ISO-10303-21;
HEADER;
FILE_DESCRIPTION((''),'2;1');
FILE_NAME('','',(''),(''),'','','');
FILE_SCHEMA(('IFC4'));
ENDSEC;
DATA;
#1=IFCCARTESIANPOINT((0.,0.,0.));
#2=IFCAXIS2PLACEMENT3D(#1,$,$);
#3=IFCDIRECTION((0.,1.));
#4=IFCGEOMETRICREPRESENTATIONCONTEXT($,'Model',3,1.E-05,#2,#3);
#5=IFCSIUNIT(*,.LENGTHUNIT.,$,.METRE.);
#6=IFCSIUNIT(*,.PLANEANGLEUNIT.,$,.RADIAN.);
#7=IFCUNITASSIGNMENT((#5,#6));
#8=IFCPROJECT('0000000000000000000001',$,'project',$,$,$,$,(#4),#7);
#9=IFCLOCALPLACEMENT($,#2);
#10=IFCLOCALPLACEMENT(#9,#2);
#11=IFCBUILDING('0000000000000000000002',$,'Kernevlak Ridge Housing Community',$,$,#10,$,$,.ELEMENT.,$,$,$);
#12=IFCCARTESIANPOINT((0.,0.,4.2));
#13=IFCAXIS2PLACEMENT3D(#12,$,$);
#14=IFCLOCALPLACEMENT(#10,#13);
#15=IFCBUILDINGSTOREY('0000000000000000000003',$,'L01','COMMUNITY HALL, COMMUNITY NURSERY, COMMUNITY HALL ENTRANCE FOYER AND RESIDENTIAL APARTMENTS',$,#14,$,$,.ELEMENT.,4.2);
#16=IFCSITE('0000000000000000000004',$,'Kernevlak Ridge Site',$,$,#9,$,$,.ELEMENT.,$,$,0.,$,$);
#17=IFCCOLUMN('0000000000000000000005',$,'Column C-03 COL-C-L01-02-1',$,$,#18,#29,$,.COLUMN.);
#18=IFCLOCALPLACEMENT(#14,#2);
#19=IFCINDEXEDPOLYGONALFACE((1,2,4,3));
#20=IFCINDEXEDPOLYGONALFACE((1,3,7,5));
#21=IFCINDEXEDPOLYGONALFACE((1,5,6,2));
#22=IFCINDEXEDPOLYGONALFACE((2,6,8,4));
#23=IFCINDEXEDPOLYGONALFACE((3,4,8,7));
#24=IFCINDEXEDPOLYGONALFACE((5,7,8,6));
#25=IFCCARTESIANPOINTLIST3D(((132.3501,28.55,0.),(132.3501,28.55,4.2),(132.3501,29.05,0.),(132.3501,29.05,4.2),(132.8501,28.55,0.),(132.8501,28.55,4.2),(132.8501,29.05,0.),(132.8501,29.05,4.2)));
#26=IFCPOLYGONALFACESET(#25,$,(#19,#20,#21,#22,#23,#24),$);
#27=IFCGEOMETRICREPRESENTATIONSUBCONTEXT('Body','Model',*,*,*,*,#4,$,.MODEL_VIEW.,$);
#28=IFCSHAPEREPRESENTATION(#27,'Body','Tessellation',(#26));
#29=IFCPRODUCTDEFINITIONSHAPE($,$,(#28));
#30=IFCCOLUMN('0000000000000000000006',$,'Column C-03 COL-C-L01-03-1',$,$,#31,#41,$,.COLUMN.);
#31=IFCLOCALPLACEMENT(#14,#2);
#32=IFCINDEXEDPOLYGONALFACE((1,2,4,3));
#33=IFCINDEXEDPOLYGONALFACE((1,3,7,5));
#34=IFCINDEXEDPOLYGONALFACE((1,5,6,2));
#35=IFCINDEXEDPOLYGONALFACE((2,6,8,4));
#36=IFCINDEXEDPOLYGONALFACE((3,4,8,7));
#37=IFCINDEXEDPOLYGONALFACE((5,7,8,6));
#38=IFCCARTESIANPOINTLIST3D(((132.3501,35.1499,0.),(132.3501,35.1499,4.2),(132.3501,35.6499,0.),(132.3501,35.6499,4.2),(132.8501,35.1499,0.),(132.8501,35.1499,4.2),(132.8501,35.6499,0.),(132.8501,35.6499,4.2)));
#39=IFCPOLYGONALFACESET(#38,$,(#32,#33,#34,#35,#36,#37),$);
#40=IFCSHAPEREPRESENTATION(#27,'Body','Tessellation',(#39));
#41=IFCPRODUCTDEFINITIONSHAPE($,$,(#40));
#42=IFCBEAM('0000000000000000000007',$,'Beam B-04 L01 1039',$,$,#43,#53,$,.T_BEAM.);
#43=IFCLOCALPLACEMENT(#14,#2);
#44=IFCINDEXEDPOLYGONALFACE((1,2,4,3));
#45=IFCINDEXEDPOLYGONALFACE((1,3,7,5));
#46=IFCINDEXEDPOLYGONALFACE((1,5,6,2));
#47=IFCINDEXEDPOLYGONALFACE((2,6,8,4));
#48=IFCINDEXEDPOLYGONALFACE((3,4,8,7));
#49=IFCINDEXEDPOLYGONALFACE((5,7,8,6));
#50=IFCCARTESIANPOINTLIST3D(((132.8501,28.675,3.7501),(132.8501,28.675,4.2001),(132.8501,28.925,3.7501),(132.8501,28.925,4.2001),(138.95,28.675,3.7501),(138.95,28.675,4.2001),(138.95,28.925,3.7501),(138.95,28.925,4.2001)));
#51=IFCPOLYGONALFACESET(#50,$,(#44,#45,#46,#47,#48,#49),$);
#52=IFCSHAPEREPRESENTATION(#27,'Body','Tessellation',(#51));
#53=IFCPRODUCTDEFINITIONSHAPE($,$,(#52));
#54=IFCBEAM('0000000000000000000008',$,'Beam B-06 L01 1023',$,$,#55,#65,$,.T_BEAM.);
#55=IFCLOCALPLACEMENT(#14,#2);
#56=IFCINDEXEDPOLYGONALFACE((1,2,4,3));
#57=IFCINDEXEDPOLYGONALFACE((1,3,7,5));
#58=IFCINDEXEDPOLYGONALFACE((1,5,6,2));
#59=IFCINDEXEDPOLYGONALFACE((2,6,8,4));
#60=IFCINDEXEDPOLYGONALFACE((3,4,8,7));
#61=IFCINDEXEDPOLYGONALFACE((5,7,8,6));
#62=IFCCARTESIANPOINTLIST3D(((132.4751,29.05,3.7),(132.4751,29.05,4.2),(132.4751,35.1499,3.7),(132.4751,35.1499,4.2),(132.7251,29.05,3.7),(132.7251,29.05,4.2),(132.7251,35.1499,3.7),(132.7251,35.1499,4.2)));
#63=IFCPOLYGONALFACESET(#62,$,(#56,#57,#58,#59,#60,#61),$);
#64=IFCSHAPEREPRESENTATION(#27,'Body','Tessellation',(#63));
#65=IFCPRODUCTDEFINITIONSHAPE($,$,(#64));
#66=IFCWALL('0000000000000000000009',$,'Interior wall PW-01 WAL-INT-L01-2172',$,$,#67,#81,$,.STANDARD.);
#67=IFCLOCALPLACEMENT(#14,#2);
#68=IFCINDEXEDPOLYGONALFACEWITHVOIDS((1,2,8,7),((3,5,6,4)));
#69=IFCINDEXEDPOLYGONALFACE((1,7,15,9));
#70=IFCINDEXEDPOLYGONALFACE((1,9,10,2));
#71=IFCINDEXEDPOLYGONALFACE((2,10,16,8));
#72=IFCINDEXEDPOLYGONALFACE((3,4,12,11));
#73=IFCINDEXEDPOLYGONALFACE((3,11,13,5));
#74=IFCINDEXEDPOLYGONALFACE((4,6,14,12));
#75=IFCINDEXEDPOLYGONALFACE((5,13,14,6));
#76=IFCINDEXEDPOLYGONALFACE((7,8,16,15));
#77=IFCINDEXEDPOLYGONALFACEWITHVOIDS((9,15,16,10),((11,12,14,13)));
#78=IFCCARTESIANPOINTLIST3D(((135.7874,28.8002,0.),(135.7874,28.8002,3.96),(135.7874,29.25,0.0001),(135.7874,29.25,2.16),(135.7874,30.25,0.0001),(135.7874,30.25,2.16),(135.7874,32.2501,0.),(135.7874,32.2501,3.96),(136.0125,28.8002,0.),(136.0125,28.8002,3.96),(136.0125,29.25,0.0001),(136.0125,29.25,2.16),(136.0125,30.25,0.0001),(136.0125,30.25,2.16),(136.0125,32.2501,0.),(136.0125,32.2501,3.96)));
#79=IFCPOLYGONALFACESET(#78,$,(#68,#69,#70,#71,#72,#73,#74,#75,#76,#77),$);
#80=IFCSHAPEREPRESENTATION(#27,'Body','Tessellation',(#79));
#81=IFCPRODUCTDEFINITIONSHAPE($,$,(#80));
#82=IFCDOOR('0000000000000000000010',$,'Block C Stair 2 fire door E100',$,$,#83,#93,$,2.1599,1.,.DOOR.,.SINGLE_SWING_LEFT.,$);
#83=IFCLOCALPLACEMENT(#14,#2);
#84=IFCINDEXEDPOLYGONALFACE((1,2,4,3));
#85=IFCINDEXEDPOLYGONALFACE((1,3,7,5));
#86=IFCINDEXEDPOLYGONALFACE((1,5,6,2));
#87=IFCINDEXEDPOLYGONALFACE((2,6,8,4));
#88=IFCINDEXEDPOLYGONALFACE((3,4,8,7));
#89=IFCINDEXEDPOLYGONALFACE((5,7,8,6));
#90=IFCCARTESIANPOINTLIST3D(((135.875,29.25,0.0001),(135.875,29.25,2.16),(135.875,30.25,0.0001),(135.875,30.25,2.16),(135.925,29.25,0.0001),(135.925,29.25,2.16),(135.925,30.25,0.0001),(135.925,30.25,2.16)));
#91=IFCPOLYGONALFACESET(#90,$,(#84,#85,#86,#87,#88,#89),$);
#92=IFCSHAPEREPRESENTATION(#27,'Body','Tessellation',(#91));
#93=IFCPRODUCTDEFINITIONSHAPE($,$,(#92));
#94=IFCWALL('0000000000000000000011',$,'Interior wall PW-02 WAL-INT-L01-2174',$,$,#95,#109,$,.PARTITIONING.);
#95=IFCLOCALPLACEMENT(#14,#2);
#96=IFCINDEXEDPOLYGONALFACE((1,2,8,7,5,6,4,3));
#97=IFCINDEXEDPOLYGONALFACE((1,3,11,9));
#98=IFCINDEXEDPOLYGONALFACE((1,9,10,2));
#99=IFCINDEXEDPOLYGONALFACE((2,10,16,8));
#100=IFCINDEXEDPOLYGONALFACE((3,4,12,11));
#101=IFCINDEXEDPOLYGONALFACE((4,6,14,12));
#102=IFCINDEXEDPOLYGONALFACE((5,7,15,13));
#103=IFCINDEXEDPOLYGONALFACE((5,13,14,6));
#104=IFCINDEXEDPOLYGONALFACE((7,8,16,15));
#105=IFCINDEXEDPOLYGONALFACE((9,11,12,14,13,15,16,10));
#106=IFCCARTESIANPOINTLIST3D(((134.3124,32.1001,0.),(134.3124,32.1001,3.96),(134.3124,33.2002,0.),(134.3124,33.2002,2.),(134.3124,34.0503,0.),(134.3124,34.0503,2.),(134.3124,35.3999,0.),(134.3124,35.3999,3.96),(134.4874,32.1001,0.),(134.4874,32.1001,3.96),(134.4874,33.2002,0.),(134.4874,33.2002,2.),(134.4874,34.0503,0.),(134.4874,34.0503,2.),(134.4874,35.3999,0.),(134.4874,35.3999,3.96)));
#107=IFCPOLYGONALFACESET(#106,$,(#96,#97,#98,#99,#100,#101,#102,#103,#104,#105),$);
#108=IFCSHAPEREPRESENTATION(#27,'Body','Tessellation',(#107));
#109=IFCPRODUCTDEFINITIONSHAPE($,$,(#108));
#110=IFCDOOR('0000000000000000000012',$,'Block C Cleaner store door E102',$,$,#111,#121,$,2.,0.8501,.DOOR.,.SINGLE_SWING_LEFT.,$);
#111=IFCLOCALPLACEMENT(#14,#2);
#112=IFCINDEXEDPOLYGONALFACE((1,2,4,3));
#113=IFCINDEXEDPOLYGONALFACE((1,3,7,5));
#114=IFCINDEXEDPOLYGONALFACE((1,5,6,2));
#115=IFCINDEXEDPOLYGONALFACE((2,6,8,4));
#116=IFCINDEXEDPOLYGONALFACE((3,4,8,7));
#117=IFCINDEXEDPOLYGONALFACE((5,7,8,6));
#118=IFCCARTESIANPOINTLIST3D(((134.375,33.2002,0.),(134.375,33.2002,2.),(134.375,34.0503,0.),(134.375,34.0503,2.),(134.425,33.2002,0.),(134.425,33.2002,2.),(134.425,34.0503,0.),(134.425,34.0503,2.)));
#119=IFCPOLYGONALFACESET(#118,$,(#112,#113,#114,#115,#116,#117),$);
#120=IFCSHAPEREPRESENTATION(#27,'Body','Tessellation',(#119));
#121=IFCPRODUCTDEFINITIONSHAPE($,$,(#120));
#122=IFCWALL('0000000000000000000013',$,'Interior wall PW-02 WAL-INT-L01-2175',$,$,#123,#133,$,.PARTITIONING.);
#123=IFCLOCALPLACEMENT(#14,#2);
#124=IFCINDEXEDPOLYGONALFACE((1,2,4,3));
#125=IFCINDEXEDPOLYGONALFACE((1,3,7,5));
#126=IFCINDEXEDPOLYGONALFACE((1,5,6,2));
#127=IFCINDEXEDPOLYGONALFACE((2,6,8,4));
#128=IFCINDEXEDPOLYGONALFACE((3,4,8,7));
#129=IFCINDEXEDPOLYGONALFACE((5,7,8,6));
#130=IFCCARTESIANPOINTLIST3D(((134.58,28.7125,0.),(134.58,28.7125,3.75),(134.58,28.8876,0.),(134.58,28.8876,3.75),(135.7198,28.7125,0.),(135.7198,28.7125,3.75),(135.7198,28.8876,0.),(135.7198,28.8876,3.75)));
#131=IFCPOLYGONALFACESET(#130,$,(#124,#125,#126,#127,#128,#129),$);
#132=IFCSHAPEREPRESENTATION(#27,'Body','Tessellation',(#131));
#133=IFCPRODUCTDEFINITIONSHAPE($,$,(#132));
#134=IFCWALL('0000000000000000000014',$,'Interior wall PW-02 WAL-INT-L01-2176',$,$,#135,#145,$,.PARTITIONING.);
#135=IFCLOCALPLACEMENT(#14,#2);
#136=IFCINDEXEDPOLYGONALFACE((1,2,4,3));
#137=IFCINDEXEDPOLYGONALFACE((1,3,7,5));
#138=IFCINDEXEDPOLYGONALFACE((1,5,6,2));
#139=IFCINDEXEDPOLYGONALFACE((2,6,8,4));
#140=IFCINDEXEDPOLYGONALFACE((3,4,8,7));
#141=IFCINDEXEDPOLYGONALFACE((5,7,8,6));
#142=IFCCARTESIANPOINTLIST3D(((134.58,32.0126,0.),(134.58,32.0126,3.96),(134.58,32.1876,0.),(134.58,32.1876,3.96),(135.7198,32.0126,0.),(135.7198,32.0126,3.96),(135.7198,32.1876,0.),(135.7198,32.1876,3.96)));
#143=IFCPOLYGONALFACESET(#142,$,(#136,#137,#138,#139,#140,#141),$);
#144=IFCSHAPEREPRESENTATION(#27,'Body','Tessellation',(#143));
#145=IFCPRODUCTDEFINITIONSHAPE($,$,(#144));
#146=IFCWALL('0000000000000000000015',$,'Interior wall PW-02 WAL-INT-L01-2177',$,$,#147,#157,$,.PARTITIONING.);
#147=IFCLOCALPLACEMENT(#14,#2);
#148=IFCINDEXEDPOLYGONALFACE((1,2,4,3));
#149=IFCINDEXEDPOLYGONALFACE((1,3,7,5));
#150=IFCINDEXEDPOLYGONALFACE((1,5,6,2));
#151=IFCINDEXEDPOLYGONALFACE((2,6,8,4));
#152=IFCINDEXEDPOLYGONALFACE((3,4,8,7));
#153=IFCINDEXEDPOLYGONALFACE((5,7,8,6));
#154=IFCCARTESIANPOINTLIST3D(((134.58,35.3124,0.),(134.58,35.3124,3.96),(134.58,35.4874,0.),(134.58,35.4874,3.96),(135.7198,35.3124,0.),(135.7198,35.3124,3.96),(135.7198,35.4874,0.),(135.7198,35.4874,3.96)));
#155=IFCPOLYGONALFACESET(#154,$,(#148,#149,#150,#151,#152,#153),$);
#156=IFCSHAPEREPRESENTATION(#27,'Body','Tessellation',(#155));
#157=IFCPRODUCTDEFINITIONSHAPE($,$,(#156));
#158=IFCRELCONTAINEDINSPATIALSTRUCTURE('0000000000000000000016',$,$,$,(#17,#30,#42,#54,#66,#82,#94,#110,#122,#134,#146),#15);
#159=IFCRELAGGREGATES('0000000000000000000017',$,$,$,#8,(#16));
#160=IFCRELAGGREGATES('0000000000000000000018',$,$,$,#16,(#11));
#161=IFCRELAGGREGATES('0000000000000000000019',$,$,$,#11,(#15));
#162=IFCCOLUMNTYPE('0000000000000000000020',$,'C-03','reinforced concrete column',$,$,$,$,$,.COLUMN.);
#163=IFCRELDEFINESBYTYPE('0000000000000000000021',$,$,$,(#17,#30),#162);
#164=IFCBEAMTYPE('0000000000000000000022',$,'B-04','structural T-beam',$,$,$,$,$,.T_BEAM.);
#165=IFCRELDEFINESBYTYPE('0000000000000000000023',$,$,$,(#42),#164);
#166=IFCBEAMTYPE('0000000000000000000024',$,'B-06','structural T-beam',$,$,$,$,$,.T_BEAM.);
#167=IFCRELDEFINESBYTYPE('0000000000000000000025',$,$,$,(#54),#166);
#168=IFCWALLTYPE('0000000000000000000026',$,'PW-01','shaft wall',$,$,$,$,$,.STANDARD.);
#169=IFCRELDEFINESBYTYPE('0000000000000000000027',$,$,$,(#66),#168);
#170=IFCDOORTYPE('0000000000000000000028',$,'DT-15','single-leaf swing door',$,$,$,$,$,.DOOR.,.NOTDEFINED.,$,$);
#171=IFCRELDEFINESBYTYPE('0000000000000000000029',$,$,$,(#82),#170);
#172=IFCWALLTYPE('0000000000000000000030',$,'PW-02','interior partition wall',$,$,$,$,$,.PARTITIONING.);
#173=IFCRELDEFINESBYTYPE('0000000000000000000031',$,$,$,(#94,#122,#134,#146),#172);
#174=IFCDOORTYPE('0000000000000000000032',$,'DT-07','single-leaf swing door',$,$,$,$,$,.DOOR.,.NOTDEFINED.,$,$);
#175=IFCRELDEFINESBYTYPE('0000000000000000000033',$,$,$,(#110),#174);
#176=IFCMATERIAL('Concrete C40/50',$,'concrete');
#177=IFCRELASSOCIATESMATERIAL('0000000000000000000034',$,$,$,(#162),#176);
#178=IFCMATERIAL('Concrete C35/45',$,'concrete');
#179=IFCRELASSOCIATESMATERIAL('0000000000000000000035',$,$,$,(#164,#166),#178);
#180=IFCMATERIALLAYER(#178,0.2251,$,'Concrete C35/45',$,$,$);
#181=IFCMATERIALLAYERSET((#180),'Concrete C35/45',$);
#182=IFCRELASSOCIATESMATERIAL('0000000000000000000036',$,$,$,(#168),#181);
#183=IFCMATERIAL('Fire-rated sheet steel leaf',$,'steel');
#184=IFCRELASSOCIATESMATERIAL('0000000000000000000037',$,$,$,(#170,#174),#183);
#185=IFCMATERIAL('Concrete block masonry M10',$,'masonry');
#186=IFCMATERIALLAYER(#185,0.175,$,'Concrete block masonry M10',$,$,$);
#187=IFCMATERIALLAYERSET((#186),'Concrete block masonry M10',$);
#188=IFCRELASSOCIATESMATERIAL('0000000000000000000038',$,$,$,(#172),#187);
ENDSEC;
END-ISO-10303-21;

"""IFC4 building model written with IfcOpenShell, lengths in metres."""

from ifc_helpers import new_model, si_unit, direction, frame, frame_2d, origin, origin_2d, place, context, subcontext, project, spatial, rectangle, extrude, material, layer, layer_set, material_profile, profile_set, type_object, element, fill, save


model = new_model("IFC4")

# Units and contexts
model_context = context("Model", 3, precision=1e-05, world=origin(), true_north=direction((0.0, 1.0)))
body_context = subcontext(model_context, "Body", "Model", "MODEL_VIEW")
ifc_project = project(units=[si_unit("LENGTHUNIT", "METRE"), si_unit("PLANEANGLEUNIT", "RADIAN")], contexts=[model_context])

# Site, building, storey
site_placement = place(None, origin())
site = spatial("IfcSite", under=ifc_project, at=site_placement, Name="Kernevlak Ridge Site", CompositionType="ELEMENT", RefElevation=0.0)
building_placement = place(site_placement, origin())
building = spatial("IfcBuilding", under=site, at=building_placement, Name="Kernevlak Ridge Housing Community", CompositionType="ELEMENT")
storey_placement = place(building_placement, frame((0.0, 0.0, 4.2)))
storey = spatial("IfcBuildingStorey", under=building, at=storey_placement, Name="L01", Description="COMMUNITY HALL, COMMUNITY NURSERY, COMMUNITY HALL ENTRANCE FOYER AND RESIDENTIAL APARTMENTS", CompositionType="ELEMENT", Elevation=4.2)

# Columns
ifc_material_1 = material(Name="Concrete C40/50", Category="concrete")
ifc_material_profile_1 = material_profile(ifc_material_1, rectangle(XDim=0.5, YDim=0.5, at=origin_2d()), Name="RC 500x500")
ifc_profile_set_1 = profile_set([ifc_material_profile_1], Name="Concrete C40/50")
column_type = type_object("IfcColumnType", Name="C-03", Description="reinforced concrete column", PredefinedType="COLUMN", material=ifc_profile_set_1)
for number, where, z_axis, x_axis, name in (
    (1, (132.6001, 28.8, 0.0), (0.0, 0.0, 1.0), (1.0, 0.0, 0.0), "Column C-03 COL-C-L01-02-1"),
    (2, (132.6001, 35.3999, 0.0), (0.0, 0.0, 1.0), (1.0, 0.0, 0.0), "Column C-03 COL-C-L01-03-1"),
):
    element("IfcColumn", number, at=place(storey_placement, frame(where, z_axis=z_axis, x_axis=x_axis)), inside=storey, type_object=column_type, Name=name, PredefinedType="COLUMN", context=body_context, shape_type="SweptSolid", body=[
        extrude(rectangle(XDim=0.5, YDim=0.5, at=origin_2d()), origin(), (0.0, 0.0, 1.0), 4.2),
    ])

# Beams
ifc_material_2 = material(Name="Concrete C35/45", Category="concrete")
ifc_material_profile_2 = material_profile(ifc_material_2, rectangle(XDim=0.25, YDim=0.45, at=origin_2d()), Name="RC 250x450")
ifc_profile_set_2 = profile_set([ifc_material_profile_2], Name="Concrete C35/45")
beam_type_1 = type_object("IfcBeamType", Name="B-04", Description="structural T-beam", PredefinedType="T_BEAM", material=ifc_profile_set_2)
beam_1_placement = place(storey_placement, frame((132.8501, 28.8, 3.9751), z_axis=(1.0, 0.0, 0.0), x_axis=(0.0, 1.0, 0.0)))
element("IfcBeam", 3, at=beam_1_placement, inside=storey, type_object=beam_type_1, Name="Beam B-04 L01 1039", PredefinedType="T_BEAM", context=body_context, shape_type="SweptSolid", body=[
    extrude(rectangle(XDim=0.25, YDim=0.45, at=origin_2d()), origin(), (0.0, 0.0, 1.0), 6.0999),
])
ifc_material_profile_3 = material_profile(ifc_material_2, rectangle(XDim=0.25, YDim=0.5, at=origin_2d()), Name="RC 250x500")
ifc_profile_set_3 = profile_set([ifc_material_profile_3], Name="Concrete C35/45")
beam_type_2 = type_object("IfcBeamType", Name="B-06", Description="structural T-beam", PredefinedType="T_BEAM", material=ifc_profile_set_3)
beam_2_placement = place(storey_placement, frame((132.6001, 29.05, 3.95), z_axis=(0.0, 1.0, 0.0), x_axis=(-1.0, 0.0, 0.0)))
element("IfcBeam", 4, at=beam_2_placement, inside=storey, type_object=beam_type_2, Name="Beam B-06 L01 1023", PredefinedType="T_BEAM", context=body_context, shape_type="SweptSolid", body=[
    extrude(rectangle(XDim=0.25, YDim=0.5, at=origin_2d()), origin(), (0.0, 0.0, 1.0), 6.0999),
])

# Walls, openings, doors
ifc_layer_1 = layer(ifc_material_2, 0.2251, Name="Concrete C35/45")
ifc_layer_set_1 = layer_set([ifc_layer_1], Name="Concrete C35/45")
wall_type_1 = type_object("IfcWallType", Name="PW-01", Description="shaft wall", PredefinedType="STANDARD", material=ifc_layer_set_1)
wall_1_placement = place(storey_placement, frame((135.8999, 28.8, 0.0), z_axis=(0.0, 0.0, 1.0), x_axis=(0.0, 1.0, 0.0)))
wall_1 = element("IfcWall", 5, at=wall_1_placement, inside=storey, type_object=wall_type_1, Name="Interior wall PW-01 WAL-INT-L01-2172", PredefinedType="STANDARD", context=body_context, shape_type="SweptSolid", body=[
    extrude(rectangle(XDim=3.45, YDim=0.2251, at=frame_2d((1.7251, 0.0))), origin(), (0.0, 0.0, 1.0), 3.96),
])
opening_1_placement = place(wall_1_placement, frame((0.45, 0.0, 0.0)))
opening_1 = element("IfcOpeningElement", 6, at=opening_1_placement, cuts=wall_1, PredefinedType="OPENING", context=body_context, shape_type="SweptSolid", body=[
    extrude(rectangle(XDim=1.0, YDim=2.1599, at=frame_2d((0.5, 1.0801))), frame((0.0, 0.1226, 0.0), z_axis=(0.0, -1.0, 0.0), x_axis=(1.0, 0.0, 0.0)), (0.0, 0.0, 1.0), 0.2451),
])
ifc_material_3 = material(Name="Fire-rated sheet steel leaf", Category="steel")
door_type_1 = type_object("IfcDoorType", Name="DT-15", Description="single-leaf swing door", OperationType="NOTDEFINED", PredefinedType="DOOR", material=ifc_material_3)
door_1_placement = place(opening_1_placement, origin())
door_1 = element("IfcDoor", 7, at=door_1_placement, inside=storey, type_object=door_type_1, Name="Block C Stair 2 fire door E100", OperationType="SINGLE_SWING_LEFT", OverallHeight=2.1599, OverallWidth=1.0, PredefinedType="DOOR", context=body_context, shape_type="SweptSolid", body=[
    extrude(rectangle(XDim=1.0, YDim=2.1599, at=frame_2d((0.5, 1.0801))), frame((0.0, 0.0249, 0.0), z_axis=(0.0, -1.0, 0.0), x_axis=(1.0, 0.0, 0.0)), (0.0, 0.0, 1.0), 0.05),
])
fill(opening_1, door_1)
ifc_material_4 = material(Name="Concrete block masonry M10", Category="masonry")
ifc_layer_2 = layer(ifc_material_4, 0.175, Name="Concrete block masonry M10")
ifc_layer_set_2 = layer_set([ifc_layer_2], Name="Concrete block masonry M10")
wall_type_2 = type_object("IfcWallType", Name="PW-02", Description="interior partition wall", PredefinedType="PARTITIONING", material=ifc_layer_set_2)
wall_2_placement = place(storey_placement, frame((134.3999, 32.1001, 0.0), z_axis=(0.0, 0.0, 1.0), x_axis=(0.0, 1.0, 0.0)))
wall_2 = element("IfcWall", 8, at=wall_2_placement, inside=storey, type_object=wall_type_2, Name="Interior wall PW-02 WAL-INT-L01-2174", PredefinedType="PARTITIONING", context=body_context, shape_type="SweptSolid", body=[
    extrude(rectangle(XDim=3.2998, YDim=0.175, at=frame_2d((1.6499, 0.0))), origin(), (0.0, 0.0, 1.0), 3.96),
])
opening_2_placement = place(wall_2_placement, frame((1.1001, 0.0, 0.0)))
opening_2 = element("IfcOpeningElement", 9, at=opening_2_placement, cuts=wall_2, PredefinedType="OPENING", context=body_context, shape_type="SweptSolid", body=[
    extrude(rectangle(XDim=0.8501, YDim=2.0, at=frame_2d((0.425, 1.0))), frame((0.0, 0.0974, 0.0), z_axis=(0.0, -1.0, 0.0), x_axis=(1.0, 0.0, 0.0)), (0.0, 0.0, 1.0), 0.1951),
])
door_type_2 = type_object("IfcDoorType", Name="DT-07", Description="single-leaf swing door", OperationType="NOTDEFINED", PredefinedType="DOOR", material=ifc_material_3)
door_2_placement = place(opening_2_placement, origin())
door_2 = element("IfcDoor", 10, at=door_2_placement, inside=storey, type_object=door_type_2, Name="Block C Cleaner store door E102", OperationType="SINGLE_SWING_LEFT", OverallHeight=2.0, OverallWidth=0.8501, PredefinedType="DOOR", context=body_context, shape_type="SweptSolid", body=[
    extrude(rectangle(XDim=0.8501, YDim=2.0, at=frame_2d((0.425, 1.0))), frame((0.0, 0.0249, 0.0), z_axis=(0.0, -1.0, 0.0), x_axis=(1.0, 0.0, 0.0)), (0.0, 0.0, 1.0), 0.05),
])
fill(opening_2, door_2)

# Walls
wall_3_placement = place(storey_placement, frame((134.5801, 28.8, 0.0), z_axis=(0.0, 0.0, 1.0), x_axis=(1.0, 0.0, 0.0)))
element("IfcWall", 11, at=wall_3_placement, inside=storey, type_object=wall_type_2, Name="Interior wall PW-02 WAL-INT-L01-2175", PredefinedType="PARTITIONING", context=body_context, shape_type="SweptSolid", body=[
    extrude(rectangle(XDim=1.1399, YDim=0.175, at=frame_2d((0.5698, 0.0))), origin(), (0.0, 0.0, 1.0), 3.75),
])
for number, where, z_axis, x_axis, name in (
    (12, (134.5801, 32.1001, 0.0), (0.0, 0.0, 1.0), (1.0, 0.0, 0.0), "Interior wall PW-02 WAL-INT-L01-2176"),
    (13, (134.5801, 35.3999, 0.0), (0.0, 0.0, 1.0), (1.0, 0.0, 0.0), "Interior wall PW-02 WAL-INT-L01-2177"),
):
    element("IfcWall", number, at=place(storey_placement, frame(where, z_axis=z_axis, x_axis=x_axis)), inside=storey, type_object=wall_type_2, Name=name, PredefinedType="PARTITIONING", context=body_context, shape_type="SweptSolid", body=[
        extrude(rectangle(XDim=1.1399, YDim=0.175, at=frame_2d((0.5698, 0.0))), origin(), (0.0, 0.0, 1.0), 3.96),
    ])

save(model, "model.ifc")
